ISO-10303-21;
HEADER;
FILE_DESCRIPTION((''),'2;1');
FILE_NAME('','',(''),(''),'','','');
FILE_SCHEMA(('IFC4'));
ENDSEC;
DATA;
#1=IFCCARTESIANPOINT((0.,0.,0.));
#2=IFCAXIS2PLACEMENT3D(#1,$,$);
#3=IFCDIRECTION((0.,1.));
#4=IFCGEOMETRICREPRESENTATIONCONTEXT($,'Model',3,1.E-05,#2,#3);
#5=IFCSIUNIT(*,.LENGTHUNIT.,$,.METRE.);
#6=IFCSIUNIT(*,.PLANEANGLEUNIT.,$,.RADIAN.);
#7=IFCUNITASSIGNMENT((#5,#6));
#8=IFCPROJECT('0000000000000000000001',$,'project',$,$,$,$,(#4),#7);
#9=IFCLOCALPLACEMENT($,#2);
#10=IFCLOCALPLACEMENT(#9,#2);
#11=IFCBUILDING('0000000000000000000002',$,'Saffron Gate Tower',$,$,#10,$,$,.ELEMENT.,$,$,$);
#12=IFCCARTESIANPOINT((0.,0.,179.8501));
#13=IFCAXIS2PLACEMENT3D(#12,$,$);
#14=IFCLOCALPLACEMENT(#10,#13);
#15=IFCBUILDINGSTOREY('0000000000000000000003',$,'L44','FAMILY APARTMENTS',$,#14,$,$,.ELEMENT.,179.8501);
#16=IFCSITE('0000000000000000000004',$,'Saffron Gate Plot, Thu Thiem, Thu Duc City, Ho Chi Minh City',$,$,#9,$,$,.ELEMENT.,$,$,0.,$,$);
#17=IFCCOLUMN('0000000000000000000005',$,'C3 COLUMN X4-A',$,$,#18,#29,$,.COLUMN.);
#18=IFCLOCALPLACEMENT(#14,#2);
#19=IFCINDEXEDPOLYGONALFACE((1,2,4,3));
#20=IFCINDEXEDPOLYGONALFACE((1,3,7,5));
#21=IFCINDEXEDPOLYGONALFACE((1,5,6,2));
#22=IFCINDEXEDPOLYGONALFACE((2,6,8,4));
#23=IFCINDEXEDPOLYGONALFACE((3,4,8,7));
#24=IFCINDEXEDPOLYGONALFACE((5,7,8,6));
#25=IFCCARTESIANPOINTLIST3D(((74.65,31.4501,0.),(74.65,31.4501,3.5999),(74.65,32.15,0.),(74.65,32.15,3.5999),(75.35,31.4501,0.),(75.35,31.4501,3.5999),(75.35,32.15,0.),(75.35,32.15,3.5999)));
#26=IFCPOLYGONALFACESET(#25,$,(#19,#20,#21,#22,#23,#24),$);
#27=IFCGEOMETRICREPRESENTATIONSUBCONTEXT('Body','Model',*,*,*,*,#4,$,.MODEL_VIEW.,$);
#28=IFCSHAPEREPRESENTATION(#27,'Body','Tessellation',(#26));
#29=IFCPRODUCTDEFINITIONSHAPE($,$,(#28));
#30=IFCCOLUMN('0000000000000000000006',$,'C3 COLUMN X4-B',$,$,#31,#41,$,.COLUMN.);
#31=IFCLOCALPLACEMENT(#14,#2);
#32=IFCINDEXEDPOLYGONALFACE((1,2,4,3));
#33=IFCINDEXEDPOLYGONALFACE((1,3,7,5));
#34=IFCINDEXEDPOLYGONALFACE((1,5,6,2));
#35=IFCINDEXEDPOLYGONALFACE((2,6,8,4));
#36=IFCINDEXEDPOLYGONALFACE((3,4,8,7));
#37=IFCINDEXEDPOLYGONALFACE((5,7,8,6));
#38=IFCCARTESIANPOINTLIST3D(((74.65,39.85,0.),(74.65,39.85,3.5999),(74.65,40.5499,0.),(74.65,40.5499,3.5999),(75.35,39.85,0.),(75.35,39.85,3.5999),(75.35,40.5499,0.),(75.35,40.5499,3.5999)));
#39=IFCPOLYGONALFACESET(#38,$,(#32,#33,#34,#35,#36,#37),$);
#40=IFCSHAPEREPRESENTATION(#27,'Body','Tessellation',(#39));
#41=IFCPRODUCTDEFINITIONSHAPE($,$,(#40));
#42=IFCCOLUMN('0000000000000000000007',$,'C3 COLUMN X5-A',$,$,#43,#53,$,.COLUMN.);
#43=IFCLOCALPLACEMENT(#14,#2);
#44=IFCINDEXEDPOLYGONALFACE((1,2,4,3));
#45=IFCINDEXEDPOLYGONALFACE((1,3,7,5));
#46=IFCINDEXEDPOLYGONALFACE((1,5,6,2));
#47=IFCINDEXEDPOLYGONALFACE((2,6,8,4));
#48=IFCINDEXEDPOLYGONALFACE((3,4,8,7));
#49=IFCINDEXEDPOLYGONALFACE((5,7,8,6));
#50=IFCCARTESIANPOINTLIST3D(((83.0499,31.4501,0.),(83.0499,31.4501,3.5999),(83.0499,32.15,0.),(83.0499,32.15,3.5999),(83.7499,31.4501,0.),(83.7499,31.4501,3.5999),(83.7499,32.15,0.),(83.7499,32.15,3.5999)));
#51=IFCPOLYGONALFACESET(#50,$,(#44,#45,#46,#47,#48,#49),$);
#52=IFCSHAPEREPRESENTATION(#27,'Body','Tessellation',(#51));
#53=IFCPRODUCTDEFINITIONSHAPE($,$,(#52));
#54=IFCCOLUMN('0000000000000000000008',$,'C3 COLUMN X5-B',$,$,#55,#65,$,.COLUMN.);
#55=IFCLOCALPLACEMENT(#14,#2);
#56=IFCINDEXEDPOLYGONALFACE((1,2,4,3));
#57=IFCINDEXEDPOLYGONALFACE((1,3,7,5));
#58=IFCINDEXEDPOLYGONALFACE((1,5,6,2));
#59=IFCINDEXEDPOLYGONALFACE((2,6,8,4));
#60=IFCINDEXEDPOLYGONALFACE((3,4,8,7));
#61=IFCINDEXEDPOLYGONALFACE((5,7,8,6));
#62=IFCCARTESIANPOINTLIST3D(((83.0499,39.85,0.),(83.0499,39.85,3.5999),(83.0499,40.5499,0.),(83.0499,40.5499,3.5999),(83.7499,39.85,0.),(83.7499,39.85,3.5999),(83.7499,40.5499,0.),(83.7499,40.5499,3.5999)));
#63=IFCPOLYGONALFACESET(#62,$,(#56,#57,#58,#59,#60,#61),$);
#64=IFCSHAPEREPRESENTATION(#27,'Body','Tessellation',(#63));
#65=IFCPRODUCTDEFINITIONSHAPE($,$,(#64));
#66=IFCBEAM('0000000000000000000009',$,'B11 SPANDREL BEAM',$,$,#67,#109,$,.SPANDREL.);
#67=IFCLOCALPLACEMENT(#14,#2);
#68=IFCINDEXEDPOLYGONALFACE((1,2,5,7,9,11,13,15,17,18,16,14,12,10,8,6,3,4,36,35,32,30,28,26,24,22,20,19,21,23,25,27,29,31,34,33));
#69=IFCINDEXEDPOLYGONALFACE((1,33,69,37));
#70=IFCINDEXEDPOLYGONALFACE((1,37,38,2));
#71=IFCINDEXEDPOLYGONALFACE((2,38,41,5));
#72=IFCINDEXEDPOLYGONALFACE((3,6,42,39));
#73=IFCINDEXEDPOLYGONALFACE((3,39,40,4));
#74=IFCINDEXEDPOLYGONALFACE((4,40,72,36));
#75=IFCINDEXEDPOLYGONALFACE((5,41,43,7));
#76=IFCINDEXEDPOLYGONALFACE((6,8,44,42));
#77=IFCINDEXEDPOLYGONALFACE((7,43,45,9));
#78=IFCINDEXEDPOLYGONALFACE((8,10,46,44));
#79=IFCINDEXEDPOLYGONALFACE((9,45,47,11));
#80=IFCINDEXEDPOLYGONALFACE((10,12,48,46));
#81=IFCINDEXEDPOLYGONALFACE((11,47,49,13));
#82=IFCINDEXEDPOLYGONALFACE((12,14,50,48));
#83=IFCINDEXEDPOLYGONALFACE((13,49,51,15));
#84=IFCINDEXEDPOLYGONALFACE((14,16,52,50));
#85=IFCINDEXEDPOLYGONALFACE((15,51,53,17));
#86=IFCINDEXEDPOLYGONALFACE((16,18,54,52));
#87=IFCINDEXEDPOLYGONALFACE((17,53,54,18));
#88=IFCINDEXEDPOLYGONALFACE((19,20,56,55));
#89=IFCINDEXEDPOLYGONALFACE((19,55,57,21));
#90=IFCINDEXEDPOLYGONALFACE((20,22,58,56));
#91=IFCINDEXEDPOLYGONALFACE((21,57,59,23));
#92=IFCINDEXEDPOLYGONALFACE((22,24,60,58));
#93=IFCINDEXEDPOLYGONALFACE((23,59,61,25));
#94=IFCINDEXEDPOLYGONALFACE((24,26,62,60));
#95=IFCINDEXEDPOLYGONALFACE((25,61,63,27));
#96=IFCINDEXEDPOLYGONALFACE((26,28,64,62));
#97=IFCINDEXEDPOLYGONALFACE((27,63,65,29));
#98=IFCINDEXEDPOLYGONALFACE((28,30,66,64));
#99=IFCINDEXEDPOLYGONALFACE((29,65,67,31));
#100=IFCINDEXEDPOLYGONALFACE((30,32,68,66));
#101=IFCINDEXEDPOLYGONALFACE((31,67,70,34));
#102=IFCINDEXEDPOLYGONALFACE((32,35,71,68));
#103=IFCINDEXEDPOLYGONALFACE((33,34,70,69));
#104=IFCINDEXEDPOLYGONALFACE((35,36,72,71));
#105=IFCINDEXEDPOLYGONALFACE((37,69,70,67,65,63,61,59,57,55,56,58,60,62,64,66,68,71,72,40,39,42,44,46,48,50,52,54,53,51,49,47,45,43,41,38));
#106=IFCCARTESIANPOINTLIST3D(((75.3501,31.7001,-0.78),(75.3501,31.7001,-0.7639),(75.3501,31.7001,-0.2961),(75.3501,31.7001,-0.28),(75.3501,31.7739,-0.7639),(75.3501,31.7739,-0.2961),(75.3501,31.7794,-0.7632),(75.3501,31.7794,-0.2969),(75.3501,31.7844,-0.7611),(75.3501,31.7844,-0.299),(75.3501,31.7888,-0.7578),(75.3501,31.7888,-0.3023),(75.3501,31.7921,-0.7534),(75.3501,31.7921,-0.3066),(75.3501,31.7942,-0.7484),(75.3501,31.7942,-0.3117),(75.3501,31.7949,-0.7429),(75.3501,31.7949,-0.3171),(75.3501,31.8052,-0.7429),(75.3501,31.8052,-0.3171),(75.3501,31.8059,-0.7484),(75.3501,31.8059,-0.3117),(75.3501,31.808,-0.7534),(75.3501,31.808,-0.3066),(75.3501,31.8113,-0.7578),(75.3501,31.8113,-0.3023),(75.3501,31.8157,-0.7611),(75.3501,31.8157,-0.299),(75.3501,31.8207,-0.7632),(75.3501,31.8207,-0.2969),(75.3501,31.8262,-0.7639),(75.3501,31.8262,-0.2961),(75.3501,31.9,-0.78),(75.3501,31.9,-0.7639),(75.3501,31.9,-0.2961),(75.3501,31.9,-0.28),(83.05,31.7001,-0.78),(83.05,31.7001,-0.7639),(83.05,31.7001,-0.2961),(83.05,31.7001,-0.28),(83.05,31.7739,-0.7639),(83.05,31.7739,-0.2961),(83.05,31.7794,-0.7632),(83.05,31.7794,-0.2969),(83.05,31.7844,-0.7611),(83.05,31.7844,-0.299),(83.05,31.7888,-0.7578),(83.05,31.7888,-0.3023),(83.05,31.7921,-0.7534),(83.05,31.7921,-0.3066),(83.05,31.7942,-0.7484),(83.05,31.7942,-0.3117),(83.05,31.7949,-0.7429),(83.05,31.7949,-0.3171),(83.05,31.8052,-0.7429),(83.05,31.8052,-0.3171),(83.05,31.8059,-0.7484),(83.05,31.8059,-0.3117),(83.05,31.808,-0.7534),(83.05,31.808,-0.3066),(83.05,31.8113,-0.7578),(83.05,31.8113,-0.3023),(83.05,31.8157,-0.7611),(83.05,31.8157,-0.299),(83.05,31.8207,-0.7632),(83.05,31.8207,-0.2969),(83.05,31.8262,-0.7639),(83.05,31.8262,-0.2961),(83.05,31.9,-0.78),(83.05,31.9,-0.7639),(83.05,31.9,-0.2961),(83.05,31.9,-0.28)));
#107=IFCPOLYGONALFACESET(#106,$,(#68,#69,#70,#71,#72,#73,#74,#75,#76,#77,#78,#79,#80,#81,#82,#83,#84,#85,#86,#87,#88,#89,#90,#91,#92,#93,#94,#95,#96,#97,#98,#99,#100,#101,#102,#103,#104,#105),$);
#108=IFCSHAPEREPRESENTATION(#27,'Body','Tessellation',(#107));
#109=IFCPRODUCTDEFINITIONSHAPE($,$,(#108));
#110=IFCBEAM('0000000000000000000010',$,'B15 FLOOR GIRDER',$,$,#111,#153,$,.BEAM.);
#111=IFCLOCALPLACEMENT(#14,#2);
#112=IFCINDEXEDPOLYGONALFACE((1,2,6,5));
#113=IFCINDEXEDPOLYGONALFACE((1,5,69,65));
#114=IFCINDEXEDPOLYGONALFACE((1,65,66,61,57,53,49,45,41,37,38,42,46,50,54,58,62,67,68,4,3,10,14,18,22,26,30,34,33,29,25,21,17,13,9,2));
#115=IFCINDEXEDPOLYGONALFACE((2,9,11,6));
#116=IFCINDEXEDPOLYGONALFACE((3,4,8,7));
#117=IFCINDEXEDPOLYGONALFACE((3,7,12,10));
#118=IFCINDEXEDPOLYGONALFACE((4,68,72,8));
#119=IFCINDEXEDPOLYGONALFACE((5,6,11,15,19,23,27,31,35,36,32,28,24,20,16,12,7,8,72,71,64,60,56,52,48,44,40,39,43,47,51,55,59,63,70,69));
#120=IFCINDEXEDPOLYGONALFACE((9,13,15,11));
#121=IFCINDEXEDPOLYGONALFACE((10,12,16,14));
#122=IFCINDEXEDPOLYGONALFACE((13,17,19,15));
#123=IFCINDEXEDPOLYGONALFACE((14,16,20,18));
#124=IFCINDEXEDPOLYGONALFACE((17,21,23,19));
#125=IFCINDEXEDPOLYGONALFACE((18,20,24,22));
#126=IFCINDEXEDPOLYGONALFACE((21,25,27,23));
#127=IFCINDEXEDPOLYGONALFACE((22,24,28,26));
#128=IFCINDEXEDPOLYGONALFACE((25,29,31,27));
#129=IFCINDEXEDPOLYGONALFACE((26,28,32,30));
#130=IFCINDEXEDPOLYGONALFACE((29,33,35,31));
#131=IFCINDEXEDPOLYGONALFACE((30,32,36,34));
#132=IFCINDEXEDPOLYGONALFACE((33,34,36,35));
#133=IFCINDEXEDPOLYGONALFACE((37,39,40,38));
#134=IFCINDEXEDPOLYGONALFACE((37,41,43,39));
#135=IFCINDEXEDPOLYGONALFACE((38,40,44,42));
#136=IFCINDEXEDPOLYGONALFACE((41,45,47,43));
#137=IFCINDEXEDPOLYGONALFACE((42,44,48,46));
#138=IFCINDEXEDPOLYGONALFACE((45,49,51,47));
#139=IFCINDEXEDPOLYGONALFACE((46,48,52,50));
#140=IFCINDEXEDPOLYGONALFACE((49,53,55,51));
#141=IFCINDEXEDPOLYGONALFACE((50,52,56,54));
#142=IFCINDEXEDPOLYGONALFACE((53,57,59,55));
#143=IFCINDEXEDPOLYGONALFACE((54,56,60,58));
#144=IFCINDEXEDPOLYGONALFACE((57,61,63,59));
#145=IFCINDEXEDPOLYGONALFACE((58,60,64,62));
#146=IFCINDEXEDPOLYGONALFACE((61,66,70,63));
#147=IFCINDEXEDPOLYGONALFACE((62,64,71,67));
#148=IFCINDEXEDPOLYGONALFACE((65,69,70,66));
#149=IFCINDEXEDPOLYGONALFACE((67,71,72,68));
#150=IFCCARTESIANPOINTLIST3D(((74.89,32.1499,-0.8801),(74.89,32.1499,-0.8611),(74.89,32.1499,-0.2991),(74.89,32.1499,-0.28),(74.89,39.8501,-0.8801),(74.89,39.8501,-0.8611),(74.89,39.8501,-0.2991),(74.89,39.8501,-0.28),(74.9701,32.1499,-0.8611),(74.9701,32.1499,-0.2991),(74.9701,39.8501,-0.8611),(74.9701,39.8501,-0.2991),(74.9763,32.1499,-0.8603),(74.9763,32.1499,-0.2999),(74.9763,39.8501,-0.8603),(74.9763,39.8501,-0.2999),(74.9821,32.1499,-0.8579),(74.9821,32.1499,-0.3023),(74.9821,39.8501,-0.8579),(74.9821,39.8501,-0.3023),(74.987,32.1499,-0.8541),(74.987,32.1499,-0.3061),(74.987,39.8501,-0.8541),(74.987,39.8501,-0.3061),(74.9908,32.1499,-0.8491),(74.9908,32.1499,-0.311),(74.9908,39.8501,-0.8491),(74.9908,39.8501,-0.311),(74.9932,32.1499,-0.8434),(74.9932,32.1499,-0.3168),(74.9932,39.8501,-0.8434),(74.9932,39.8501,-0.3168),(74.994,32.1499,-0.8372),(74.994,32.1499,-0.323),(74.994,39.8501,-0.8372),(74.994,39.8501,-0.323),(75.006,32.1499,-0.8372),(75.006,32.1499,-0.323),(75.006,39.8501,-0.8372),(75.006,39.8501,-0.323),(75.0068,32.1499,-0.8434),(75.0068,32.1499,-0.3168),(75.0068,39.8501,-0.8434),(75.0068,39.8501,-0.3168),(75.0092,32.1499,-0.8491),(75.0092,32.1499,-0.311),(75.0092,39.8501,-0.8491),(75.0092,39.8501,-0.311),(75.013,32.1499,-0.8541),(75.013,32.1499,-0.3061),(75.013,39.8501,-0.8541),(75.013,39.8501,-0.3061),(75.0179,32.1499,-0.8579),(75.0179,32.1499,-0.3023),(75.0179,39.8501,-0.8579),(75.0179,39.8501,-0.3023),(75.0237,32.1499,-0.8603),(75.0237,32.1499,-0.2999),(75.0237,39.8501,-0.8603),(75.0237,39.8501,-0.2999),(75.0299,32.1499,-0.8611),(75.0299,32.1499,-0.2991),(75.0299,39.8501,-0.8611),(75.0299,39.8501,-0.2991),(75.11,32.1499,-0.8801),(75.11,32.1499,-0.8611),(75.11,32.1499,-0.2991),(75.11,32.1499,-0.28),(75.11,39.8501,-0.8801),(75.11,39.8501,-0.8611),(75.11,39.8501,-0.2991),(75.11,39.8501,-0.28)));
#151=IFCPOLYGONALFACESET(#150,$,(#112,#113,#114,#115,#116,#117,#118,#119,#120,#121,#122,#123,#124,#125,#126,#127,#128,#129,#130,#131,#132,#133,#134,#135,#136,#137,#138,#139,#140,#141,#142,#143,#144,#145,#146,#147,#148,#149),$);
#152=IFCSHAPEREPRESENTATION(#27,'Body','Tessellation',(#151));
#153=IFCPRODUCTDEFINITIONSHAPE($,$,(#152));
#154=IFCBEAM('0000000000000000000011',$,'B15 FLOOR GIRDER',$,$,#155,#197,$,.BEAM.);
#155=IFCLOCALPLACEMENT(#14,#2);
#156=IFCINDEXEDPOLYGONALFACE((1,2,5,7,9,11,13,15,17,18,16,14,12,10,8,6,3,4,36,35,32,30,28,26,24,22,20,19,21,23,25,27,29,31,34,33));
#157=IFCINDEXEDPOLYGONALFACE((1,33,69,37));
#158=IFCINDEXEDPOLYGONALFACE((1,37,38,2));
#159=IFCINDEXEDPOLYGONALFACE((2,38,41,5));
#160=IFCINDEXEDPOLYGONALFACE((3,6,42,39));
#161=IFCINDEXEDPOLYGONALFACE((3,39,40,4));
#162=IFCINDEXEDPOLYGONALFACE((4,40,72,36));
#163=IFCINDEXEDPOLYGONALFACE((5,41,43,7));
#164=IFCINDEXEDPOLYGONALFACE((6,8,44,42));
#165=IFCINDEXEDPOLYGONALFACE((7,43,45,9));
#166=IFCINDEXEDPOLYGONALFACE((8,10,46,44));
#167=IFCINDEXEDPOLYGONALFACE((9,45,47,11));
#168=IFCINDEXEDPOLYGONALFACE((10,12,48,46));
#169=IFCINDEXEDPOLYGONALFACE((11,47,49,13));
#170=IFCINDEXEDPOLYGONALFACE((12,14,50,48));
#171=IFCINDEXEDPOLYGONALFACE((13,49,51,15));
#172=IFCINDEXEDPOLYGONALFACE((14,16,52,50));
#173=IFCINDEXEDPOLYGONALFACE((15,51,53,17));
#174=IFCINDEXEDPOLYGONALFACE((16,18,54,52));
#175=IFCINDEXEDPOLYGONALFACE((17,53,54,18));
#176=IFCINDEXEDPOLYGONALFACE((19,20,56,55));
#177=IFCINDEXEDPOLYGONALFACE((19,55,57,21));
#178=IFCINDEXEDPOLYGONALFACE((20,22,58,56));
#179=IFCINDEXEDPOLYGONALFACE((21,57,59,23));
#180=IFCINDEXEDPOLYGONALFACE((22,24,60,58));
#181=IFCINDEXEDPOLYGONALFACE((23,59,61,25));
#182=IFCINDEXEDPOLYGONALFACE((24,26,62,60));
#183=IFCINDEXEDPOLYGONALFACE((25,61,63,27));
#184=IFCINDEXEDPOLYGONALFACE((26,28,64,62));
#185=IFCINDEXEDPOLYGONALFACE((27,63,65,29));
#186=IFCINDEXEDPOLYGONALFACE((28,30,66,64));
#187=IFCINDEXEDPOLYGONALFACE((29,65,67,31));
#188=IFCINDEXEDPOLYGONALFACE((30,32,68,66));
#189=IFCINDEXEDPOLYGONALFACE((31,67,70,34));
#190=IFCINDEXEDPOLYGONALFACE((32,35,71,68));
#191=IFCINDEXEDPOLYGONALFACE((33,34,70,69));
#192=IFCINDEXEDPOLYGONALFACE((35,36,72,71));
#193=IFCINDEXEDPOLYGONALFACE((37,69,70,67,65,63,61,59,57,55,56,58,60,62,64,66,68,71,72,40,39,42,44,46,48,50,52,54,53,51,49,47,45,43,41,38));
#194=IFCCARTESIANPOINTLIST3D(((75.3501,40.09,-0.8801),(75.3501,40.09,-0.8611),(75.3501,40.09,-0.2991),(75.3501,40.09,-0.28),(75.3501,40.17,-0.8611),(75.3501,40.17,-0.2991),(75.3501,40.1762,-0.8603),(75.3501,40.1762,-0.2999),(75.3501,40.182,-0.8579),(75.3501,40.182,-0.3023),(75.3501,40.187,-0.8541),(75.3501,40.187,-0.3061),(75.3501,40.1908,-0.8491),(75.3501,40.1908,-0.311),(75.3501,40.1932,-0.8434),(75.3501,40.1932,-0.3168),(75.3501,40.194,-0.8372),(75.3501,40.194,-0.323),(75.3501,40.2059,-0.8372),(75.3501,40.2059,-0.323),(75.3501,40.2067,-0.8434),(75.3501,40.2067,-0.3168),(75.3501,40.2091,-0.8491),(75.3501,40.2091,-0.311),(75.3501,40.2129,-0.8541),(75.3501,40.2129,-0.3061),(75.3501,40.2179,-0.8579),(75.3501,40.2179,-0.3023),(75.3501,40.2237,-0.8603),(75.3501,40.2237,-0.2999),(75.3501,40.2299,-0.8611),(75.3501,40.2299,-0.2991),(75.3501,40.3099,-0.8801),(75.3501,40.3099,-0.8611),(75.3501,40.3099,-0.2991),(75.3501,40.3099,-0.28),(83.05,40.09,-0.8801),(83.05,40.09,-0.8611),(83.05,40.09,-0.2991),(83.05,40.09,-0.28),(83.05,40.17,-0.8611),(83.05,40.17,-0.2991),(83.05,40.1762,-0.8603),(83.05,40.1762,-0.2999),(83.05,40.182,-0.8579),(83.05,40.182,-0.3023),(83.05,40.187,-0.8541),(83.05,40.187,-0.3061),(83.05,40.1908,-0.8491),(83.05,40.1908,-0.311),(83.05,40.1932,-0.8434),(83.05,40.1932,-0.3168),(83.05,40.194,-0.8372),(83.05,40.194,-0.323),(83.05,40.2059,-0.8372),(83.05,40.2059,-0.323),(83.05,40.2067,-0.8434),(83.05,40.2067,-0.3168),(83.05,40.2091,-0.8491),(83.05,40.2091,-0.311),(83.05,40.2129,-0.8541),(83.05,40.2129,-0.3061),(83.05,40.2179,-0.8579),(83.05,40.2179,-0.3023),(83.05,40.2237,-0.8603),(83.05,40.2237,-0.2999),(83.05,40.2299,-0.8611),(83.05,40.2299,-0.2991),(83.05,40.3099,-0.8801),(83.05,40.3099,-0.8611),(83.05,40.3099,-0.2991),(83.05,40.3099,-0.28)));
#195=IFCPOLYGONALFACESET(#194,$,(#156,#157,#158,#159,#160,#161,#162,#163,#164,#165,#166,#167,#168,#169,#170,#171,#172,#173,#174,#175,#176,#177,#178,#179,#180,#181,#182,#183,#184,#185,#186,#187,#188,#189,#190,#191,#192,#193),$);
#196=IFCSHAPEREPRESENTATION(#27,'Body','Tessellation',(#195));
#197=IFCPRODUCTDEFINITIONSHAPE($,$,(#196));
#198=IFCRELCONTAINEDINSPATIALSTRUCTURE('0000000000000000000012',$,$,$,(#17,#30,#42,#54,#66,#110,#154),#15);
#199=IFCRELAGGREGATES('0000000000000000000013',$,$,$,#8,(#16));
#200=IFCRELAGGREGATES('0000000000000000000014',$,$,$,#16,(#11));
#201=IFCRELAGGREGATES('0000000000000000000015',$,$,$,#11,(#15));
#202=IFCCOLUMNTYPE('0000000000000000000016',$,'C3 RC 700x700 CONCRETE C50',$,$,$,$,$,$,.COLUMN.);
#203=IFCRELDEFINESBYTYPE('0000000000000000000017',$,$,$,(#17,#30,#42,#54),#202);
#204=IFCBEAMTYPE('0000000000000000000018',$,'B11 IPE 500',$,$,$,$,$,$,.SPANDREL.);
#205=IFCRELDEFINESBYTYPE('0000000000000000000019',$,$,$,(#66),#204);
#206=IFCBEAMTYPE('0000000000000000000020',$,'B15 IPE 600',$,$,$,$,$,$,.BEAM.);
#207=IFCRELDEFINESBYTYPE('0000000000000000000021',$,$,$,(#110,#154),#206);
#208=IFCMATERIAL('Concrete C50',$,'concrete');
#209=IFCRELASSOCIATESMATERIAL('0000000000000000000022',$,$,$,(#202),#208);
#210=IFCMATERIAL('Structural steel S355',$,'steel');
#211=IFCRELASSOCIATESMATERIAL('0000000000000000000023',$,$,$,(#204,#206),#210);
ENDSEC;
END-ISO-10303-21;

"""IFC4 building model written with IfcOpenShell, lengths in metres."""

from ifc_helpers import new_model, si_unit, direction, frame, origin, origin_2d, place, context, subcontext, project, spatial, rectangle, i_section, extrude, material, material_profile, profile_set, type_object, element, save


model = new_model("IFC4")

# Units and contexts
model_context = context("Model", 3, precision=1e-05, world=origin(), true_north=direction((0.0, 1.0)))
body_context = subcontext(model_context, "Body", "Model", "MODEL_VIEW")
ifc_project = project(units=[si_unit("LENGTHUNIT", "METRE"), si_unit("PLANEANGLEUNIT", "RADIAN")], contexts=[model_context])

# Site, building, storey
site_placement = place(None, origin())
site = spatial("IfcSite", under=ifc_project, at=site_placement, Name="Saffron Gate Plot, Thu Thiem, Thu Duc City, Ho Chi Minh City", CompositionType="ELEMENT", RefElevation=0.0)
building_placement = place(site_placement, origin())
building = spatial("IfcBuilding", under=site, at=building_placement, Name="Saffron Gate Tower", CompositionType="ELEMENT")
storey_placement = place(building_placement, frame((0.0, 0.0, 179.8501)))
storey = spatial("IfcBuildingStorey", under=building, at=storey_placement, Name="L44", Description="FAMILY APARTMENTS", CompositionType="ELEMENT", Elevation=179.8501)

# Columns
ifc_material_1 = material(Name="Concrete C50", Category="concrete")
ifc_material_profile_1 = material_profile(ifc_material_1, rectangle(XDim=0.7, YDim=0.7, at=origin_2d()))
ifc_profile_set_1 = profile_set([ifc_material_profile_1], Name="Concrete C50")
column_type = type_object("IfcColumnType", Name="C3 RC 700x700 CONCRETE C50", PredefinedType="COLUMN", material=ifc_profile_set_1)
for number, where, z_axis, x_axis, name in (
    (1, (75.0, 31.8, 0.0), (0.0, 0.0, 1.0), (1.0, 0.0, 0.0), "C3 COLUMN X4-A"),
    (2, (75.0, 40.2, 0.0), (0.0, 0.0, 1.0), (1.0, 0.0, 0.0), "C3 COLUMN X4-B"),
    (3, (83.3999, 31.8, 0.0), (0.0, 0.0, 1.0), (1.0, 0.0, 0.0), "C3 COLUMN X5-A"),
    (4, (83.3999, 40.2, 0.0), (0.0, 0.0, 1.0), (1.0, 0.0, 0.0), "C3 COLUMN X5-B"),
):
    element("IfcColumn", number, at=place(storey_placement, frame(where, z_axis=z_axis, x_axis=x_axis)), inside=storey, type_object=column_type, Name=name, PredefinedType="COLUMN", context=body_context, shape_type="SweptSolid", body=[
        extrude(rectangle(XDim=0.7, YDim=0.7, at=origin_2d()), origin(), (0.0, 0.0, 1.0), 3.5999),
    ])

# Beams
ifc_material_2 = material(Name="Structural steel S355", Category="steel")
ifc_material_profile_2 = material_profile(ifc_material_2, i_section(OverallWidth=0.2, OverallDepth=0.5, WebThickness=0.0103, FlangeThickness=0.0161, FilletRadius=0.021, at=origin_2d()))
ifc_profile_set_2 = profile_set([ifc_material_profile_2], Name="Structural steel S355")
beam_type_1 = type_object("IfcBeamType", Name="B11 IPE 500", PredefinedType="SPANDREL", material=ifc_profile_set_2)
beam_1_placement = place(storey_placement, frame((75.3501, 31.8, -0.53), z_axis=(1.0, 0.0, 0.0), x_axis=(0.0, 1.0, 0.0)))
element("IfcBeam", 5, at=beam_1_placement, inside=storey, type_object=beam_type_1, Name="B11 SPANDREL BEAM", PredefinedType="SPANDREL", context=body_context, shape_type="SweptSolid", body=[
    extrude(i_section(OverallWidth=0.2, OverallDepth=0.5, WebThickness=0.0103, FlangeThickness=0.0161, FilletRadius=0.021, at=origin_2d()), origin(), (0.0, 0.0, 1.0), 7.7),
])
ifc_material_profile_3 = material_profile(ifc_material_2, i_section(OverallWidth=0.22, OverallDepth=0.6001, WebThickness=0.012, FlangeThickness=0.019, FilletRadius=0.0239, at=origin_2d()))
ifc_profile_set_3 = profile_set([ifc_material_profile_3], Name="Structural steel S355")
beam_type_2 = type_object("IfcBeamType", Name="B15 IPE 600", PredefinedType="BEAM", material=ifc_profile_set_3)
beam_2_placement = place(storey_placement, frame((75.0, 32.1499, -0.5801), z_axis=(0.0, 1.0, 0.0), x_axis=(-1.0, 0.0, 0.0)))
element("IfcBeam", 6, at=beam_2_placement, inside=storey, type_object=beam_type_2, Name="B15 FLOOR GIRDER", PredefinedType="BEAM", context=body_context, shape_type="SweptSolid", body=[
    extrude(i_section(OverallWidth=0.22, OverallDepth=0.6001, WebThickness=0.012, FlangeThickness=0.019, FilletRadius=0.0239, at=origin_2d()), origin(), (0.0, 0.0, 1.0), 7.7002),
])
beam_3_placement = place(storey_placement, frame((75.3501, 40.2, -0.5801), z_axis=(1.0, 0.0, 0.0), x_axis=(0.0, 1.0, 0.0)))
element("IfcBeam", 7, at=beam_3_placement, inside=storey, type_object=beam_type_2, Name="B15 FLOOR GIRDER", PredefinedType="BEAM", context=body_context, shape_type="SweptSolid", body=[
    extrude(i_section(OverallWidth=0.22, OverallDepth=0.6001, WebThickness=0.012, FlangeThickness=0.019, FilletRadius=0.0239, at=origin_2d()), origin(), (0.0, 0.0, 1.0), 7.7),
])

save(model, "model.ifc")
